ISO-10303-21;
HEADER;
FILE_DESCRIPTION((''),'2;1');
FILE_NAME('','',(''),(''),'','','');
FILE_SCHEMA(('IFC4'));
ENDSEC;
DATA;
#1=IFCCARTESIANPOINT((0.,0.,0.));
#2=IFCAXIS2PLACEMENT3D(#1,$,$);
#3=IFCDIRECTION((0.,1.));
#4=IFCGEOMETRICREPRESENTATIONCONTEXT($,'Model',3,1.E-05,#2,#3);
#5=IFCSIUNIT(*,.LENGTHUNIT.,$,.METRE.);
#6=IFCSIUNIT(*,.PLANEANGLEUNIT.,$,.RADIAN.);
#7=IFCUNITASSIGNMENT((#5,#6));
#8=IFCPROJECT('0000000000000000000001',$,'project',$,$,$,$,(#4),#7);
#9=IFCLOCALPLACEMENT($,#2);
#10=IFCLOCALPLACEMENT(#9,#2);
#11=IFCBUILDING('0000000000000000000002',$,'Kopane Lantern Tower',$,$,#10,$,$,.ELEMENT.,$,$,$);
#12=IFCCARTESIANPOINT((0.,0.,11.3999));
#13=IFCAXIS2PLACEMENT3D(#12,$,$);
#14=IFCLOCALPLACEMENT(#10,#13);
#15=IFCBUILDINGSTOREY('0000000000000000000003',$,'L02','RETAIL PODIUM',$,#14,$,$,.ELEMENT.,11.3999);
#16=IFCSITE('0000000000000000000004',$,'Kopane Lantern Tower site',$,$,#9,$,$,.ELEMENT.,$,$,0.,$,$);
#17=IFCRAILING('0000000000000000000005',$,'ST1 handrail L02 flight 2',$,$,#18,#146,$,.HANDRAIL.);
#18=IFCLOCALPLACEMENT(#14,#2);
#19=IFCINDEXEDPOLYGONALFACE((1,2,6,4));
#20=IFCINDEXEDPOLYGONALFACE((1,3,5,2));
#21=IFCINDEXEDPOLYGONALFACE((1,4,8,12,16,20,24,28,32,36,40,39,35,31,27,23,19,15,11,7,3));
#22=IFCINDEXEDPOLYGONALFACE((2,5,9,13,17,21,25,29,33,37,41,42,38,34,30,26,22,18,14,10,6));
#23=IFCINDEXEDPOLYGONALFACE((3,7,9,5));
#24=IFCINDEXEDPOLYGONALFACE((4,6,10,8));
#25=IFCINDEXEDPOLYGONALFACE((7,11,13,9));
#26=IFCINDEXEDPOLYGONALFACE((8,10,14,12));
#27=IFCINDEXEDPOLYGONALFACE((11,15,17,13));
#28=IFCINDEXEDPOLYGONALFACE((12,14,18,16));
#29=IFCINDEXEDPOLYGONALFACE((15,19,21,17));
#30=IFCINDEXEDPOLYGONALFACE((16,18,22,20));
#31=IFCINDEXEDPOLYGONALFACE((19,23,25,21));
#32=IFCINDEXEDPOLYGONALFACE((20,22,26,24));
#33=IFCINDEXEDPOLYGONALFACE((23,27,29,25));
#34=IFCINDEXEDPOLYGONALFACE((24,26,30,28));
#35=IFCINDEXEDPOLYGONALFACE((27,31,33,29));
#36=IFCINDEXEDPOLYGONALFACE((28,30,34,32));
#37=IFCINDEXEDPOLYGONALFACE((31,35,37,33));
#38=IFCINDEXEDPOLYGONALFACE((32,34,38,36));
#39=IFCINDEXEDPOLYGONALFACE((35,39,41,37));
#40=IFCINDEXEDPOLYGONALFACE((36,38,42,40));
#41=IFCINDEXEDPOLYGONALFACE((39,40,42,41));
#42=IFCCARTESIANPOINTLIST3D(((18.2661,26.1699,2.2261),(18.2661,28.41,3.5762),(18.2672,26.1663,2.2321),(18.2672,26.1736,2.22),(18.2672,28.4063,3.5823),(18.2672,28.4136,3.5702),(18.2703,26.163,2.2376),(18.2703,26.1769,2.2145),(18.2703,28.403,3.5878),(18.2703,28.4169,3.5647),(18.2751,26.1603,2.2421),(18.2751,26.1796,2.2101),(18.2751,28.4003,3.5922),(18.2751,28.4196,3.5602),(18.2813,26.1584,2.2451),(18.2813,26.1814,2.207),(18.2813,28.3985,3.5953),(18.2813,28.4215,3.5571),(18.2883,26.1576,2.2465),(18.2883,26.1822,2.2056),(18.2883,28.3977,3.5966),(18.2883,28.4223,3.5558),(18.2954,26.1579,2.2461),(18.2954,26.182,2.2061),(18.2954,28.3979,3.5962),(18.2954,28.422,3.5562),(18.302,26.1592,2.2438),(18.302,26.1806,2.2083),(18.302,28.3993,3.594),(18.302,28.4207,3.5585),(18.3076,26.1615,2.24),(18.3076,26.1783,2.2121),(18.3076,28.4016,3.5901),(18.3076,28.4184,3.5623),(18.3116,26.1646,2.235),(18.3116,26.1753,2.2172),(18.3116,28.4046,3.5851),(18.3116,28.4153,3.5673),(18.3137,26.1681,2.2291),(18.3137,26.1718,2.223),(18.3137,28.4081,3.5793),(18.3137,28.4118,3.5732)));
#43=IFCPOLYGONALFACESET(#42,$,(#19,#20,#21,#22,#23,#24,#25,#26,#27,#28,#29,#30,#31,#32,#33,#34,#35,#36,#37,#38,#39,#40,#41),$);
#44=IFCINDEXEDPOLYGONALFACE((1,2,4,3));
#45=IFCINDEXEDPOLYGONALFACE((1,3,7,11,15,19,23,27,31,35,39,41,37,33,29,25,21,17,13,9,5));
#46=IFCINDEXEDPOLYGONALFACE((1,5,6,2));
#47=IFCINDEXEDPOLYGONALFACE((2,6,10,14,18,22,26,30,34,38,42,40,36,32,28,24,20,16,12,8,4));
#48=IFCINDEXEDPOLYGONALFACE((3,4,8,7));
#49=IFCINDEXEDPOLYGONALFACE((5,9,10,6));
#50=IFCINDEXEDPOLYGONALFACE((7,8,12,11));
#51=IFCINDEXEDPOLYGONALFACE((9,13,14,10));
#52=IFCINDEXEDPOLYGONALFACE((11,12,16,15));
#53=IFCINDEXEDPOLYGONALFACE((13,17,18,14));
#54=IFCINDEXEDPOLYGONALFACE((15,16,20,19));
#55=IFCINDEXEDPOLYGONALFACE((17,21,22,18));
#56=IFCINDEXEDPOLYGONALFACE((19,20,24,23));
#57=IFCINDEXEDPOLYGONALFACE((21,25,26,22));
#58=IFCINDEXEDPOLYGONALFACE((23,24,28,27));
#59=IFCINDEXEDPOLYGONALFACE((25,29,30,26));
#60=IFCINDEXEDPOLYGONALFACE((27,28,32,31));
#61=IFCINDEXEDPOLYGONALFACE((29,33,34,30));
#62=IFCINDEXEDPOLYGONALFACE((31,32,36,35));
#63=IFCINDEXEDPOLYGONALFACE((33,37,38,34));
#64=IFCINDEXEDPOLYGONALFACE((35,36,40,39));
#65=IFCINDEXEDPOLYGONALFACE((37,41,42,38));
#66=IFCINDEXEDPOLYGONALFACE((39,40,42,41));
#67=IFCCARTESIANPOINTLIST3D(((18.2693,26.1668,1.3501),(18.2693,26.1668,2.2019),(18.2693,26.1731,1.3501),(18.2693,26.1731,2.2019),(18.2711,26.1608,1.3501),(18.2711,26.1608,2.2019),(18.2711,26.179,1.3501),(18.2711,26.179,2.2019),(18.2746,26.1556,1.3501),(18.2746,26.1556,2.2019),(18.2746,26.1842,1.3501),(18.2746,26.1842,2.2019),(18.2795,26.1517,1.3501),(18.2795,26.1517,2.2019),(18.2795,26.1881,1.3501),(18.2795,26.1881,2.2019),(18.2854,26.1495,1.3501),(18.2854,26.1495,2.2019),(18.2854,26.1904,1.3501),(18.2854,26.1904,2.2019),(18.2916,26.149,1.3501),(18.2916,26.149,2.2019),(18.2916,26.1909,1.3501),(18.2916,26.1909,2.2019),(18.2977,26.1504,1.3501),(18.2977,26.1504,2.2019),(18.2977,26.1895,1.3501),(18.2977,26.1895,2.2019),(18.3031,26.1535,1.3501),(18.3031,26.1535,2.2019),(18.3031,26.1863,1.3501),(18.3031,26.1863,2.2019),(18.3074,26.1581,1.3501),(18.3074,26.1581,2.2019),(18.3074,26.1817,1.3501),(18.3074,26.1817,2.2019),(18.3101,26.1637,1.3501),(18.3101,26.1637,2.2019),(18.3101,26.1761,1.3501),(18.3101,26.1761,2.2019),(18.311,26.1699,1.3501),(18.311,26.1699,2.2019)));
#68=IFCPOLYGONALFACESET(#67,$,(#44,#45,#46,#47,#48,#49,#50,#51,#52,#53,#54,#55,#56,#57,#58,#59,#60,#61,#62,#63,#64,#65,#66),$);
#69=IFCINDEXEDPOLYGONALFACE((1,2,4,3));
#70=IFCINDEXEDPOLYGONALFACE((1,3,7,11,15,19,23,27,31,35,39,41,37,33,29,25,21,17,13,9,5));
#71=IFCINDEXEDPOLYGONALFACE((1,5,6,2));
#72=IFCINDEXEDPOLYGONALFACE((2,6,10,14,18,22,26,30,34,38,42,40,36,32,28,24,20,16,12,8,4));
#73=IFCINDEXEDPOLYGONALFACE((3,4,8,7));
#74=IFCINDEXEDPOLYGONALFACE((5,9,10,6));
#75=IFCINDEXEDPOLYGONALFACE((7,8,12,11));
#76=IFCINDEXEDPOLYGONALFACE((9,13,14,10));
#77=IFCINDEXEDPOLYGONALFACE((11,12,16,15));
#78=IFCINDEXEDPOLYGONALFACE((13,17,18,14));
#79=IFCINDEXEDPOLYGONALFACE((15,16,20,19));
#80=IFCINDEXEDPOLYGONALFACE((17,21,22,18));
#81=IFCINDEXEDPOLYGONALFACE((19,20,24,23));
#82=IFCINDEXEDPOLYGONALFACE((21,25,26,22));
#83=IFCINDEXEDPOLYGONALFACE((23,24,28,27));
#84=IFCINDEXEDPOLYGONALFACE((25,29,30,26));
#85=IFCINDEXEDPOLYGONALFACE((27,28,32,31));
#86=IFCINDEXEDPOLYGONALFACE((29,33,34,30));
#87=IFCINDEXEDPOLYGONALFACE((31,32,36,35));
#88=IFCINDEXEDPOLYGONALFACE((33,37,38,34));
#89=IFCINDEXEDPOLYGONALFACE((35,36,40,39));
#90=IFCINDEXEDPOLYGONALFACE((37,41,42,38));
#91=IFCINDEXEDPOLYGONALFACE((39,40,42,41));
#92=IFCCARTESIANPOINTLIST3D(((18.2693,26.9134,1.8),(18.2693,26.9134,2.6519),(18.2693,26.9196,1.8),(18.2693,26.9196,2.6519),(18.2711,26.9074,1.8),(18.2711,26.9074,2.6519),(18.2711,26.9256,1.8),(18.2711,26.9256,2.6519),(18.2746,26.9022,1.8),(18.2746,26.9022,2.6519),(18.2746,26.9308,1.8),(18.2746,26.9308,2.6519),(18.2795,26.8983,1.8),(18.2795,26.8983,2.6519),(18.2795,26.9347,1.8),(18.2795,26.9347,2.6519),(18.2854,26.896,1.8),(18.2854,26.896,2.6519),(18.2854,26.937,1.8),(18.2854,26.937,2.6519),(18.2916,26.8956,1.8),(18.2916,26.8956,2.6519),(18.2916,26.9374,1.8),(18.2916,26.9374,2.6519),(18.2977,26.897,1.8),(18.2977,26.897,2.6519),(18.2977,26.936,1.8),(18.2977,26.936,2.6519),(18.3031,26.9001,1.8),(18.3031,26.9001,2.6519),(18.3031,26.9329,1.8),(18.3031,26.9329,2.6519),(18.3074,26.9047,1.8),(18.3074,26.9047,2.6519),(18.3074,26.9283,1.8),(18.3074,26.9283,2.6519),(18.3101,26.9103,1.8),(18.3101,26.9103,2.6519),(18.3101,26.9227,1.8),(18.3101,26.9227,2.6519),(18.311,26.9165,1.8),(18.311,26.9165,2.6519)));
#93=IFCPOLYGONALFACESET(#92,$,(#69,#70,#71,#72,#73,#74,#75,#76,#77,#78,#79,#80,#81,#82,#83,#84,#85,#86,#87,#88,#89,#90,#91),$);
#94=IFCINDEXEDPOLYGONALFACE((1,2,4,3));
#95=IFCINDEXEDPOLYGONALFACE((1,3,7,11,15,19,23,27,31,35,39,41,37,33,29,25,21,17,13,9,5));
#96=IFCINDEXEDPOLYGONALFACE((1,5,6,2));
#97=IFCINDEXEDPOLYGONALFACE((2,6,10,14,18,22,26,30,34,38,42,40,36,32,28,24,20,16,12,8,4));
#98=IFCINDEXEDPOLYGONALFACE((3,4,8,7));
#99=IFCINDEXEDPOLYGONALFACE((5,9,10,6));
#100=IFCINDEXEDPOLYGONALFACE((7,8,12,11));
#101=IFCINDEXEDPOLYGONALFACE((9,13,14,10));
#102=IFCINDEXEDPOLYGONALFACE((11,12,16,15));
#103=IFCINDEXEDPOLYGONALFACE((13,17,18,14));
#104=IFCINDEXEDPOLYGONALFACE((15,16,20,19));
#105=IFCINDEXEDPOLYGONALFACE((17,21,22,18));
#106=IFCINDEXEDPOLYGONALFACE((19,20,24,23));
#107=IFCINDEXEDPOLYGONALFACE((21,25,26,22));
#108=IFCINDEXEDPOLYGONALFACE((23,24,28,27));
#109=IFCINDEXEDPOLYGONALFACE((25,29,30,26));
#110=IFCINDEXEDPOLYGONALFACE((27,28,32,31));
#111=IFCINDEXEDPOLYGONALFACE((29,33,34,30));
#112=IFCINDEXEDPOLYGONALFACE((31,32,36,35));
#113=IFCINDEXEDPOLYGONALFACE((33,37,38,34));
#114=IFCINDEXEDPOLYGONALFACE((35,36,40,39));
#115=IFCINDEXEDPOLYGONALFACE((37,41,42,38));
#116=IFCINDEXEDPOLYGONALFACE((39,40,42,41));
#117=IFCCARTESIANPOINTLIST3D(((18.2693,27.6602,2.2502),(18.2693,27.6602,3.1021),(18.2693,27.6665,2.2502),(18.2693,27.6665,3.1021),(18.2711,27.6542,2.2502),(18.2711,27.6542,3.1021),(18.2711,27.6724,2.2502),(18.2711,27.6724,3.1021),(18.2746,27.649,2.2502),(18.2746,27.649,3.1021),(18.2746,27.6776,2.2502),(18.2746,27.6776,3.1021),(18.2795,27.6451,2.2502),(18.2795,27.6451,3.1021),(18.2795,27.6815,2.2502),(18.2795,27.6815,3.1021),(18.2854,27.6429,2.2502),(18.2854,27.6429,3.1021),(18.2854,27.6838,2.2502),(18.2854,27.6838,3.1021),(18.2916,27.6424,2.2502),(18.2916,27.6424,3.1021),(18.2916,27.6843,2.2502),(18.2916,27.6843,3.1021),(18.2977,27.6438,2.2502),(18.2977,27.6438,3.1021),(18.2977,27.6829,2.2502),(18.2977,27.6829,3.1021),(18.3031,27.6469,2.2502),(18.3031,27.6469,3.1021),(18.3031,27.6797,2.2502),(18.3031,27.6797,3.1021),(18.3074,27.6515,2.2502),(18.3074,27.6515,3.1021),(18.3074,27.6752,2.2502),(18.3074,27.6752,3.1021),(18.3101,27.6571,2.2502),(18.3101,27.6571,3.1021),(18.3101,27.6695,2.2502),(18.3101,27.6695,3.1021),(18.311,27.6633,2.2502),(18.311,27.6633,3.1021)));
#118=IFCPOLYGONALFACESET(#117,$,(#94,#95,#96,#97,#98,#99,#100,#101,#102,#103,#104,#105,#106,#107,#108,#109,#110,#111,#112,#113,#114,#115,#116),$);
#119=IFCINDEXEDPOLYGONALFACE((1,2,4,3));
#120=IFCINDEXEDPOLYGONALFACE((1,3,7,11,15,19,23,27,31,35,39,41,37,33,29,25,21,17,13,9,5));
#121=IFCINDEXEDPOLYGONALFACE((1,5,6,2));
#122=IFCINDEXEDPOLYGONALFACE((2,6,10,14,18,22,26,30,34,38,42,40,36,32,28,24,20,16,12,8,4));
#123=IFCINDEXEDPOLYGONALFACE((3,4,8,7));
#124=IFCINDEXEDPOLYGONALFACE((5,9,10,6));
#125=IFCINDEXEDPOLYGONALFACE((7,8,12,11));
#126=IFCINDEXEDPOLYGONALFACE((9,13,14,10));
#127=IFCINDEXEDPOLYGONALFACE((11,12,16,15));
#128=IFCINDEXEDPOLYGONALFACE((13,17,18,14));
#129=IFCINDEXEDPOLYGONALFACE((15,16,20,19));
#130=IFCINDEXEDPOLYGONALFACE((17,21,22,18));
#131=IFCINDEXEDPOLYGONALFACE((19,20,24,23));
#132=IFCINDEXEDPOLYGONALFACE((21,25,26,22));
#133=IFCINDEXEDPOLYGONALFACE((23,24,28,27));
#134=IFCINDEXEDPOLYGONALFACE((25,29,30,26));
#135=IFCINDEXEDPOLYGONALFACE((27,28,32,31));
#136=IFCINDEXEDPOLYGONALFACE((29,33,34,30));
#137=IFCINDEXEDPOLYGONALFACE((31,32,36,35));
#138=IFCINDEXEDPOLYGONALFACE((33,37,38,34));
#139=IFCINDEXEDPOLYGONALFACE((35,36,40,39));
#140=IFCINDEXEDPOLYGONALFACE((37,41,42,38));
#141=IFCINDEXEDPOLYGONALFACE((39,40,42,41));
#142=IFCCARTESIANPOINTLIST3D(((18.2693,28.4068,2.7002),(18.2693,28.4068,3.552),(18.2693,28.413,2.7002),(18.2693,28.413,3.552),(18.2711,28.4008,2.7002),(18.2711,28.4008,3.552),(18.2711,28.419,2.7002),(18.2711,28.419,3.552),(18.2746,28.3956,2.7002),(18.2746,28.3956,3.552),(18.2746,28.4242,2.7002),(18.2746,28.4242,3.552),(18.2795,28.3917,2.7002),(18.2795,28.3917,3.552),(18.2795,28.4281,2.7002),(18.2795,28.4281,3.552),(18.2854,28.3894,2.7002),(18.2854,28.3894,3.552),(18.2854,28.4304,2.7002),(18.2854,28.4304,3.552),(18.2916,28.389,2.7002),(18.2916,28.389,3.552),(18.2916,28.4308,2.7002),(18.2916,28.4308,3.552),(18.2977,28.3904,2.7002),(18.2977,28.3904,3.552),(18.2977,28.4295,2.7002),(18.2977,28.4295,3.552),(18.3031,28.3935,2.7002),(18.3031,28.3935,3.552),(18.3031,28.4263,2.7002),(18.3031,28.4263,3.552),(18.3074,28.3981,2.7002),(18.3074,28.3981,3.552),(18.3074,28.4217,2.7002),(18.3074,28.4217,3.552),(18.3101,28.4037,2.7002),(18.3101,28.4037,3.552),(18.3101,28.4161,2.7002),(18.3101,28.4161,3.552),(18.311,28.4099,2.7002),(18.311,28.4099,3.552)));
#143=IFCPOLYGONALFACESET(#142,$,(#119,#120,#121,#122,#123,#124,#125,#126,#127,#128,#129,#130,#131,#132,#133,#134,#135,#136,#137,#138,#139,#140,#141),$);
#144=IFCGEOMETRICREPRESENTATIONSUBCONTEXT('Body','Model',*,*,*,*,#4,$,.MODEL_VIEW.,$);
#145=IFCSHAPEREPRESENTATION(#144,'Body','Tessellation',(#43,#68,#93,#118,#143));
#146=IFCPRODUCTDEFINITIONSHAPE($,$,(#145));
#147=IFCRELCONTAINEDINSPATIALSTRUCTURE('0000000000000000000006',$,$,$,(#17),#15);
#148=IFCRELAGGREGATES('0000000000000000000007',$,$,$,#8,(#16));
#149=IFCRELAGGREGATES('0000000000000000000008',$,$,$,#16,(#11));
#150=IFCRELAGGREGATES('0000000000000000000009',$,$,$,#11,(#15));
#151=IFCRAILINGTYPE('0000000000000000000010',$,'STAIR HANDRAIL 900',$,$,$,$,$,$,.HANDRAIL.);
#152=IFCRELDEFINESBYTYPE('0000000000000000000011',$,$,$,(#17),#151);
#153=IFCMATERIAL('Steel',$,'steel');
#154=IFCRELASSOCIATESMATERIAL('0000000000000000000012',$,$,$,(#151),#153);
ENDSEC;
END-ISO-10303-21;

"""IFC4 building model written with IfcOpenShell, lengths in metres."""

from ifc_helpers import new_model, si_unit, direction, frame, origin, origin_2d, place, context, subcontext, project, spatial, circle, extrude, material, type_object, element, save


model = new_model("IFC4")

# Units and contexts
model_context = context("Model", 3, precision=1e-05, world=origin(), true_north=direction((0.0, 1.0)))
body_context = subcontext(model_context, "Body", "Model", "MODEL_VIEW")
ifc_project = project(units=[si_unit("LENGTHUNIT", "METRE"), si_unit("PLANEANGLEUNIT", "RADIAN")], contexts=[model_context])

# Site, building, storey
site_placement = place(None, origin())
site = spatial("IfcSite", under=ifc_project, at=site_placement, Name="Kopane Lantern Tower site", CompositionType="ELEMENT", RefElevation=0.0)
building_placement = place(site_placement, origin())
building = spatial("IfcBuilding", under=site, at=building_placement, Name="Kopane Lantern Tower", CompositionType="ELEMENT")
storey_placement = place(building_placement, frame((0.0, 0.0, 11.3999)))
storey = spatial("IfcBuildingStorey", under=building, at=storey_placement, Name="L02", Description="RETAIL PODIUM", CompositionType="ELEMENT", Elevation=11.3999)

# Railing
ifc_material_1 = material(Name="Steel", Category="steel")
railing_type_1 = type_object("IfcRailingType", Name="STAIR HANDRAIL 900", PredefinedType="HANDRAIL", material=ifc_material_1)
railing_1_placement = place(storey_placement, frame((18.29, 26.1699, 1.3501)))
element("IfcRailing", 1, at=railing_1_placement, inside=storey, type_object=railing_type_1, Name="ST1 handrail L02 flight 2", PredefinedType="HANDRAIL", context=body_context, shape_type="SweptSolid", body=[
    extrude(circle(Radius=0.0239, at=origin_2d()), frame((0.0, 0.0, 0.876), z_axis=(0.0, 0.856462, 0.516211), x_axis=(-1.0, 0.0, 0.0)), (0.0, 0.0, 1.0), 2.6155),
    extrude(circle(Radius=0.021, at=origin_2d()), origin(), (0.0, 0.0, 1.0), 0.8518),
    extrude(circle(Radius=0.021, at=origin_2d()), frame((0.0, 0.7466, 0.45)), (0.0, 0.0, 1.0), 0.8518),
    extrude(circle(Radius=0.021, at=origin_2d()), frame((0.0, 1.4934, 0.9001)), (0.0, 0.0, 1.0), 0.8518),
    extrude(circle(Radius=0.021, at=origin_2d()), frame((0.0, 2.24, 1.3501)), (0.0, 0.0, 1.0), 0.8518),
])

save(model, "model.ifc")
